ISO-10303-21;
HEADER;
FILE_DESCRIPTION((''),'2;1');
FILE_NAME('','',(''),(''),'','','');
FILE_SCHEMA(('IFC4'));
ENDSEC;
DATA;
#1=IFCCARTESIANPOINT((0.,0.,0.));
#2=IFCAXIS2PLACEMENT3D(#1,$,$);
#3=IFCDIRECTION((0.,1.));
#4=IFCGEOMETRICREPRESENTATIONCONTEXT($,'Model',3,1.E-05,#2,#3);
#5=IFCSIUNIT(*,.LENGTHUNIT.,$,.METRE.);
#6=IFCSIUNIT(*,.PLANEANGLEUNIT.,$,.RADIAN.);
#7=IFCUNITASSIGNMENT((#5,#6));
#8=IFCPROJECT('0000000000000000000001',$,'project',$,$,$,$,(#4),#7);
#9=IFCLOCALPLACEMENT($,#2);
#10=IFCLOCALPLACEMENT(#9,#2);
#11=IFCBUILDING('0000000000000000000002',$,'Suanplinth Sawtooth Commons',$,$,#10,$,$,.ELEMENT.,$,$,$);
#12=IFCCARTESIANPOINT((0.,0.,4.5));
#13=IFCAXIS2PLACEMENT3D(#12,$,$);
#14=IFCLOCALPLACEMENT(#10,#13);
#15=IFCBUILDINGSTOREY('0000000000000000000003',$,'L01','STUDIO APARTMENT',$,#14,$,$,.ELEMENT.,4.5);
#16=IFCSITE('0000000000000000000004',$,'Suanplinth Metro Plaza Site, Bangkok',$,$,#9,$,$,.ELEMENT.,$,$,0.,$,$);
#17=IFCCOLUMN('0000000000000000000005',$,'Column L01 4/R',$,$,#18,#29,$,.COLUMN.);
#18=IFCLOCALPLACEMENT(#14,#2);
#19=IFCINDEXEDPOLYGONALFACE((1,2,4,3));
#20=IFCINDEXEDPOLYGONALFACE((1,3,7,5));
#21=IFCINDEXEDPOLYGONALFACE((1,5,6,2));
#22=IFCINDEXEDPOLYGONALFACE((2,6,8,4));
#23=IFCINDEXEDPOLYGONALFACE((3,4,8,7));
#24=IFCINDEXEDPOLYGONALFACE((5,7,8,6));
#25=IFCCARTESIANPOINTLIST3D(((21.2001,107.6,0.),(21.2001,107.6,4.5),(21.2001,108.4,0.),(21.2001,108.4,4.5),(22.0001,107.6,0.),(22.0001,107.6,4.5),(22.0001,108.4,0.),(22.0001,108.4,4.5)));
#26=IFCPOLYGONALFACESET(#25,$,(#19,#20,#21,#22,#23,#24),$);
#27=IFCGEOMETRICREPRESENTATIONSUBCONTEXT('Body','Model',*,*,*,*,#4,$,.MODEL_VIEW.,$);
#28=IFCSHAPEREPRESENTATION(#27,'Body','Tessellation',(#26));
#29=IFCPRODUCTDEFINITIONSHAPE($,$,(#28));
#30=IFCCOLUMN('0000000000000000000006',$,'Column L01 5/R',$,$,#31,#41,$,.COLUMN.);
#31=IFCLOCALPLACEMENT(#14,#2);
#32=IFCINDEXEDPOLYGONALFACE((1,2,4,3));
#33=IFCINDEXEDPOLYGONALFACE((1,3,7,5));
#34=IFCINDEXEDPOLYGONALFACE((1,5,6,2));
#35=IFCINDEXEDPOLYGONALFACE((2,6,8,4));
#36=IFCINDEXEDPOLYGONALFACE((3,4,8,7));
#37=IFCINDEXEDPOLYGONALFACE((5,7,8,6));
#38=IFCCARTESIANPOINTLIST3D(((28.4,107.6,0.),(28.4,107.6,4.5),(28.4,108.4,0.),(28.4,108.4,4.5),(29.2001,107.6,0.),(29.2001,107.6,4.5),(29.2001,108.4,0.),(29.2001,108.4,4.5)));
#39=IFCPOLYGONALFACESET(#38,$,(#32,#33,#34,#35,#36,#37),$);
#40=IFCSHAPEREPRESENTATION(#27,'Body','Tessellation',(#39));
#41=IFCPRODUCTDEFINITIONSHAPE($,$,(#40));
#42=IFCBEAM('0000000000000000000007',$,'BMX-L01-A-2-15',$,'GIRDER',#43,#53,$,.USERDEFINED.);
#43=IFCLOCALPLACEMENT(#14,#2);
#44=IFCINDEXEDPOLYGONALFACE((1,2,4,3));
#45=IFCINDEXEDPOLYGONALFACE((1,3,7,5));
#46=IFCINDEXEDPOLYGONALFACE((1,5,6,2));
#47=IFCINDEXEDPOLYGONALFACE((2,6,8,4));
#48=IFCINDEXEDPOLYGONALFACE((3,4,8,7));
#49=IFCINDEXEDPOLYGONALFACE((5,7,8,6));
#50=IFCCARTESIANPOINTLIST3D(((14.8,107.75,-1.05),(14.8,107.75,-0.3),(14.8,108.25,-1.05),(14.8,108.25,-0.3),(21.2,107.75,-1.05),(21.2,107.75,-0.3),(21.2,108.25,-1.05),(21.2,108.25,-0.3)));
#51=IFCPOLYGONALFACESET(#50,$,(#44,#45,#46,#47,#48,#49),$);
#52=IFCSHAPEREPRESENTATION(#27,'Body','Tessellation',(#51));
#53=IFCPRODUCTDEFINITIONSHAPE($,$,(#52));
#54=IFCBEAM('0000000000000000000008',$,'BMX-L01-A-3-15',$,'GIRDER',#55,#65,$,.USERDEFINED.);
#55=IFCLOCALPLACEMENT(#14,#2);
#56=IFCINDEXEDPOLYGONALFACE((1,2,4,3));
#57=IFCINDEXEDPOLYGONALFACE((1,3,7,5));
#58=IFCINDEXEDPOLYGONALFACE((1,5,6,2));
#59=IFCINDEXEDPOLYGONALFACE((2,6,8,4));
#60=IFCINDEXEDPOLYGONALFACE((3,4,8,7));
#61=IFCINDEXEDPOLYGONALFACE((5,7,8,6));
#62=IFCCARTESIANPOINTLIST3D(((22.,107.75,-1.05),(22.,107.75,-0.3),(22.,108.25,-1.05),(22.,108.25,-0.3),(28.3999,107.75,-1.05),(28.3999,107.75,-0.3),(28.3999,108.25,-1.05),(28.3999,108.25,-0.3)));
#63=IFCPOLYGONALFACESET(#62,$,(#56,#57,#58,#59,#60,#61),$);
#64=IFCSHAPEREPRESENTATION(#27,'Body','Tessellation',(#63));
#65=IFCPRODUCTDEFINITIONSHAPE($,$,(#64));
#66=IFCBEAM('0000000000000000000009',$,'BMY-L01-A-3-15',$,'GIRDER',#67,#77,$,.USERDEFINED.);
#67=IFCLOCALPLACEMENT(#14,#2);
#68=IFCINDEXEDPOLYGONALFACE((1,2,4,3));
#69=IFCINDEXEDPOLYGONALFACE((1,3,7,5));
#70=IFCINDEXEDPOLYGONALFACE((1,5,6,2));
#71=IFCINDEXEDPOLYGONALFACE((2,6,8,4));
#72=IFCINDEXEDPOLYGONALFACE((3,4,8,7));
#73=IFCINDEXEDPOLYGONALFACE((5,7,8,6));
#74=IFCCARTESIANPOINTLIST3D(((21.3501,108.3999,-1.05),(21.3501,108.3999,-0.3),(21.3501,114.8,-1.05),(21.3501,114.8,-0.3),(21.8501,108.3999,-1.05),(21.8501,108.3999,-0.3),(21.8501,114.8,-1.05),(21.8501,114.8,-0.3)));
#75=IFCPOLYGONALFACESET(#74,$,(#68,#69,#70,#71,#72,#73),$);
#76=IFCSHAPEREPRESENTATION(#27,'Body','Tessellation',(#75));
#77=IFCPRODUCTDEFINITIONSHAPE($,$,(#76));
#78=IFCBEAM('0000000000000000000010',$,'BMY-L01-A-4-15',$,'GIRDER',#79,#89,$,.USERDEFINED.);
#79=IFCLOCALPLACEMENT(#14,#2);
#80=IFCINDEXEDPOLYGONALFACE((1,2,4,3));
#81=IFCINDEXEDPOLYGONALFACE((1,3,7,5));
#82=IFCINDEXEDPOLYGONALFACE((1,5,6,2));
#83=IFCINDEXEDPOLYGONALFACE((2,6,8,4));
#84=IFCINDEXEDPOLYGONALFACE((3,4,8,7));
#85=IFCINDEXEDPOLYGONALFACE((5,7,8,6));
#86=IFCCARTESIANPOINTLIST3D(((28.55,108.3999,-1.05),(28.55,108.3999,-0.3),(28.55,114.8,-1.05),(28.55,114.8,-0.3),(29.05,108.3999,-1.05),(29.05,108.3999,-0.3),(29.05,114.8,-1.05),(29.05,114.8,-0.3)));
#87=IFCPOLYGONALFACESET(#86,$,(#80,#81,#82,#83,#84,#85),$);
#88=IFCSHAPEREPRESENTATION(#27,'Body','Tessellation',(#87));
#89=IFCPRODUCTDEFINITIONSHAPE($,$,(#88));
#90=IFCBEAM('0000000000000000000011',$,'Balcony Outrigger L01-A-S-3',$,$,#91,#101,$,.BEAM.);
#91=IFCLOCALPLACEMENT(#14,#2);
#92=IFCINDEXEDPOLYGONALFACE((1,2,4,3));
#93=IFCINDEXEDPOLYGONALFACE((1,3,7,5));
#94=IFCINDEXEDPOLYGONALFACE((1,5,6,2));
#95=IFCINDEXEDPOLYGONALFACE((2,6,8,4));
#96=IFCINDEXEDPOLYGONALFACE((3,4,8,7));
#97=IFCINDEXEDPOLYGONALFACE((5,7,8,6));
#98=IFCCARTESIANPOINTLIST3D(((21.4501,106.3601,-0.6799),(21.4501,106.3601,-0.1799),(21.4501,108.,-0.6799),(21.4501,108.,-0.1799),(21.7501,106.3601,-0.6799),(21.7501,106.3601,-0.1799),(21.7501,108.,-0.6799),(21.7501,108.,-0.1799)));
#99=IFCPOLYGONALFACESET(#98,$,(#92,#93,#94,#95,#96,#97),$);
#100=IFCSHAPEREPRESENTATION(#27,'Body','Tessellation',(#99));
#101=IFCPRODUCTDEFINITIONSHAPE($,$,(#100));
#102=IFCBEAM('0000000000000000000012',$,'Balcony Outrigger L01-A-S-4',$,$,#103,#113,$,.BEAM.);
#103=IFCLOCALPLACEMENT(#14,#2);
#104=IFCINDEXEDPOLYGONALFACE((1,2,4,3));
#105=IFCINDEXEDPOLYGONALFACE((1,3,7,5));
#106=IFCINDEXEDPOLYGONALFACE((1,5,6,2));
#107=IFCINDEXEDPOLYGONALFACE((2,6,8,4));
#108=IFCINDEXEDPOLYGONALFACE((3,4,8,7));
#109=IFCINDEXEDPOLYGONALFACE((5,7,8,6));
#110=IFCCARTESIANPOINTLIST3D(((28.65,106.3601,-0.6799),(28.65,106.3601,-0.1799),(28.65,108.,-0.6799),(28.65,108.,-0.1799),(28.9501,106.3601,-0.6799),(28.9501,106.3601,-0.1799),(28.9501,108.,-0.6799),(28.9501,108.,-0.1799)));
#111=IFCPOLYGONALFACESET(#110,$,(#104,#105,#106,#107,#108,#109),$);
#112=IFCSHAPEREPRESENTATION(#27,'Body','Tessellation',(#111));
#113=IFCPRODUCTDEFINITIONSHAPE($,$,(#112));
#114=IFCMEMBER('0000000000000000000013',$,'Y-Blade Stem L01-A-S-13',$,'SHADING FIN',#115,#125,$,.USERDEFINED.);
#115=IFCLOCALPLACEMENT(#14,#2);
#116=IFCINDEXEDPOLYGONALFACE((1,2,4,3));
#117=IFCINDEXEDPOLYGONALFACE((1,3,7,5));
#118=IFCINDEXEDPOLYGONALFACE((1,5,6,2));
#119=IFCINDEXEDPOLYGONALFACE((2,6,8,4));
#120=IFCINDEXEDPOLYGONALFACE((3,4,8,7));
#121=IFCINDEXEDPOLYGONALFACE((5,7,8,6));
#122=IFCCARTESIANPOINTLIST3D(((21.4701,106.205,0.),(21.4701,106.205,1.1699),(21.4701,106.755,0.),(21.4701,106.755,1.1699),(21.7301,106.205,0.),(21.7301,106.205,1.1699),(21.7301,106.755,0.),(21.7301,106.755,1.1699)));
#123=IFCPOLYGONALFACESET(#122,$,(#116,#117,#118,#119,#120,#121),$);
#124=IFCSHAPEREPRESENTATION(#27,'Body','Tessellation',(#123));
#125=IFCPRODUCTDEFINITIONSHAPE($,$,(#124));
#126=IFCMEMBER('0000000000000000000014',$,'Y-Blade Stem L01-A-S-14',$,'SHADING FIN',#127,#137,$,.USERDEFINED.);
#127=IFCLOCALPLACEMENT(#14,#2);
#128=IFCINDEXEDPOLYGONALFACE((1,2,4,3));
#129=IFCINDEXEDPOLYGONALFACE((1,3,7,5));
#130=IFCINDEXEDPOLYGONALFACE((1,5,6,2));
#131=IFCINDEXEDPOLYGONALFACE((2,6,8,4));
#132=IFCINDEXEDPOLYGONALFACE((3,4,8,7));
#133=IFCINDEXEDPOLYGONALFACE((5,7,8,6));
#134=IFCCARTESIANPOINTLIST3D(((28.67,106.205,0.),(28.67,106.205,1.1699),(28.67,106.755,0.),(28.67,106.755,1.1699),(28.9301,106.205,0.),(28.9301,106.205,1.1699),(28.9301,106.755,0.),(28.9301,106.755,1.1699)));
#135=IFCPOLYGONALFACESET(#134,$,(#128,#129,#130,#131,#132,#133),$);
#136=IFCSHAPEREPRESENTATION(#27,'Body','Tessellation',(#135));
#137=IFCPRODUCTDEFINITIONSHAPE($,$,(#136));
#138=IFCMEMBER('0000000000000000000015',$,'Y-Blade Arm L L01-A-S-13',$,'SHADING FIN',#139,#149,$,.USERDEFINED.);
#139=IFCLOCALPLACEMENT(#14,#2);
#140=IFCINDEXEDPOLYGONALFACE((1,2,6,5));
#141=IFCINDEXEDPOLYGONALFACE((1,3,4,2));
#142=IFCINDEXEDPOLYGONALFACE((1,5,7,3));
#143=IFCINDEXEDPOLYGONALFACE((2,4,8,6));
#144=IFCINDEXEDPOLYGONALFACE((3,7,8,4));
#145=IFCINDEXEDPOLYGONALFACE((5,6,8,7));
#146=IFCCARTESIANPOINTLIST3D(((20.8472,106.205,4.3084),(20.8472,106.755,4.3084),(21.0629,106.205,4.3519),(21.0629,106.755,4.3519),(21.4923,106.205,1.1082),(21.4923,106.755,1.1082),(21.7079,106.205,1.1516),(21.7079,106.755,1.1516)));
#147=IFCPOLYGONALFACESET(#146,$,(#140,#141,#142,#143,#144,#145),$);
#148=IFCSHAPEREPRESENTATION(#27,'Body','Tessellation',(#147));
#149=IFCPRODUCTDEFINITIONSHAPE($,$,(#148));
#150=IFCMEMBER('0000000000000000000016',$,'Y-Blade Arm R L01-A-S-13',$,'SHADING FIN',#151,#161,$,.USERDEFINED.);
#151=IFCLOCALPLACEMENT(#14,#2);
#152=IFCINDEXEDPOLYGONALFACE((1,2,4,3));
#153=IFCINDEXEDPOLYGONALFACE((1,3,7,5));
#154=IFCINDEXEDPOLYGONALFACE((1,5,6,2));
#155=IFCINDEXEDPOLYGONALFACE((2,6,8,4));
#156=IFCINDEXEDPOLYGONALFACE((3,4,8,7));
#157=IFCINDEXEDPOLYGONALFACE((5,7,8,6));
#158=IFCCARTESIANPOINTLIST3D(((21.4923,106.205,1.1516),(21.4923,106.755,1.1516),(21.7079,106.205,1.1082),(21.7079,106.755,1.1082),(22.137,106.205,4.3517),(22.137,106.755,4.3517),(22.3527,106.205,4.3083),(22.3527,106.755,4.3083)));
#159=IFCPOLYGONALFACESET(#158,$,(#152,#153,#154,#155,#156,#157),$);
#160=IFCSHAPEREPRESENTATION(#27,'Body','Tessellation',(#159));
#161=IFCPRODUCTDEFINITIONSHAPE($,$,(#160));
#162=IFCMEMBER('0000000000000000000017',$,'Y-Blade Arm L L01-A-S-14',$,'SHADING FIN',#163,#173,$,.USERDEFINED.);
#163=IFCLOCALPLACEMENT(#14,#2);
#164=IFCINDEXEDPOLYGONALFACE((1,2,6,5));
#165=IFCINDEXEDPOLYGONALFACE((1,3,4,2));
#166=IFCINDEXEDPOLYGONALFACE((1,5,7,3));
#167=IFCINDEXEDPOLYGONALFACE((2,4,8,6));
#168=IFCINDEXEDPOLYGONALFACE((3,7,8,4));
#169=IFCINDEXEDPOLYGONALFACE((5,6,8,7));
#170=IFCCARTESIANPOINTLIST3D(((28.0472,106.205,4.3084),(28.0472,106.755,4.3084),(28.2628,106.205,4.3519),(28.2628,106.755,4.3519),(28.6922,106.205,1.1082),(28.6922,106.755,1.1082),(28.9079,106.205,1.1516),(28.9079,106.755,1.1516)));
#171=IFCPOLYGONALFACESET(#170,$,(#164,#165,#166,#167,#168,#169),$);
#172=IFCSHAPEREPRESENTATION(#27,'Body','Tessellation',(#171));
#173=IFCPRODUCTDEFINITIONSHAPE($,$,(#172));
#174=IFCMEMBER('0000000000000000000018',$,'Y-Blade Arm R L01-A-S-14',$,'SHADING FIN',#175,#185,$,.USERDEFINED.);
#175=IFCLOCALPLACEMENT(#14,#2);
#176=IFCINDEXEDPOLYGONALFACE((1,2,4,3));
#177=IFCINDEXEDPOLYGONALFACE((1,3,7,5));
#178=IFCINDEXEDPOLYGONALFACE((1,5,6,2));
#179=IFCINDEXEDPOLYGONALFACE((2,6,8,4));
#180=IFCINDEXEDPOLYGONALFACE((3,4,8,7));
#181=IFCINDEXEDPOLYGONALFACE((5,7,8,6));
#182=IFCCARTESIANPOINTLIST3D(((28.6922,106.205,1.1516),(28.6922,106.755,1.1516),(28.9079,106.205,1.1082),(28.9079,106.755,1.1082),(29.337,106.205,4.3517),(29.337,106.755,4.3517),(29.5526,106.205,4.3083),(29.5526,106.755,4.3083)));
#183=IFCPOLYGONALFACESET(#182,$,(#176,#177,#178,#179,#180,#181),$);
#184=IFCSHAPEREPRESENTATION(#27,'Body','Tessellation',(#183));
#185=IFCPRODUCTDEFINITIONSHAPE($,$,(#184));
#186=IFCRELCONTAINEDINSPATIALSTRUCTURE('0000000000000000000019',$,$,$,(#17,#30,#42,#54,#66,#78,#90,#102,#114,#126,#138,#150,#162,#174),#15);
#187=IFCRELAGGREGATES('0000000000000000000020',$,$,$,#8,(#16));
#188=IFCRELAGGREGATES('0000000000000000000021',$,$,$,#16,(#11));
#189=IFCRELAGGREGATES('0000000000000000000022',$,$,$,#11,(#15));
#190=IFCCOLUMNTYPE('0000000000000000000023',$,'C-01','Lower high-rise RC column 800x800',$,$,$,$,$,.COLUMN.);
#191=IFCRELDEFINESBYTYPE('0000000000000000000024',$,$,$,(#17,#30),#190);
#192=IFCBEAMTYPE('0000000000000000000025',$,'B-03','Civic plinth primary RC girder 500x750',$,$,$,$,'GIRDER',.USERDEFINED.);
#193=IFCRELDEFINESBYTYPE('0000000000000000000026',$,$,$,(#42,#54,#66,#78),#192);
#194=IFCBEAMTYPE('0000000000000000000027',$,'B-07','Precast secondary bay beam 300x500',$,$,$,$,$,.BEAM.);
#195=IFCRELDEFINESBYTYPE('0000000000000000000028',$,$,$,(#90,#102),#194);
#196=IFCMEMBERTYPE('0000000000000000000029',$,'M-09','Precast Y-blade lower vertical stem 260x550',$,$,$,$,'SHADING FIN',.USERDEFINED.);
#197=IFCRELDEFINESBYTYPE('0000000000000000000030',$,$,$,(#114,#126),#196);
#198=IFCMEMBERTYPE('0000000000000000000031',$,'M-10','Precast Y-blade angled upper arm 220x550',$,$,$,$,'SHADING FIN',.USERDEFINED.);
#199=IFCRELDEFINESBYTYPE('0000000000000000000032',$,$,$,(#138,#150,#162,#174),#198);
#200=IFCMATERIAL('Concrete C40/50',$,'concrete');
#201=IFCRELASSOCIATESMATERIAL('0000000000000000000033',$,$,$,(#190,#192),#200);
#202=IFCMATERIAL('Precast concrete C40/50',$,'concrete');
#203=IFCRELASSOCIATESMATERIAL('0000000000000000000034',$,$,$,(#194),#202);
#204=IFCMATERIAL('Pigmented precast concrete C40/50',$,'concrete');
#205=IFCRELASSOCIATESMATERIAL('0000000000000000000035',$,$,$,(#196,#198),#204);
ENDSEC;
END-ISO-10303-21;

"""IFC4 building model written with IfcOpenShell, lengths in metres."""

from ifc_helpers import new_model, si_unit, direction, frame, origin, origin_2d, place, context, subcontext, project, spatial, rectangle, extrude, material, material_profile, profile_set, type_object, element, save


model = new_model("IFC4")

# Units and contexts
model_context = context("Model", 3, precision=1e-05, world=origin(), true_north=direction((0.0, 1.0)))
body_context = subcontext(model_context, "Body", "Model", "MODEL_VIEW")
ifc_project = project(units=[si_unit("LENGTHUNIT", "METRE"), si_unit("PLANEANGLEUNIT", "RADIAN")], contexts=[model_context])

# Site, building, storey
site_placement = place(None, origin())
site = spatial("IfcSite", under=ifc_project, at=site_placement, Name="Suanplinth Metro Plaza Site, Bangkok", CompositionType="ELEMENT", RefElevation=0.0)
building_placement = place(site_placement, origin())
building = spatial("IfcBuilding", under=site, at=building_placement, Name="Suanplinth Sawtooth Commons", CompositionType="ELEMENT")
storey_placement = place(building_placement, frame((0.0, 0.0, 4.5)))
storey = spatial("IfcBuildingStorey", under=building, at=storey_placement, Name="L01", Description="STUDIO APARTMENT", CompositionType="ELEMENT", Elevation=4.5)

# Columns
ifc_material_1 = material(Name="Concrete C40/50", Category="concrete")
ifc_material_profile_1 = material_profile(ifc_material_1, rectangle(XDim=0.8, YDim=0.8, at=origin_2d()), Name="RC-COL 800x800")
ifc_profile_set_1 = profile_set([ifc_material_profile_1], Name="Concrete C40/50")
column_type = type_object("IfcColumnType", Name="C-01", Description="Lower high-rise RC column 800x800", PredefinedType="COLUMN", material=ifc_profile_set_1)
for number, where, z_axis, x_axis, name in (
    (1, (21.6001, 108.0, 0.0), (0.0, 0.0, 1.0), (1.0, 0.0, 0.0), "Column L01 4/R"),
    (2, (28.8, 108.0, 0.0), (0.0, 0.0, 1.0), (1.0, 0.0, 0.0), "Column L01 5/R"),
):
    element("IfcColumn", number, at=place(storey_placement, frame(where, z_axis=z_axis, x_axis=x_axis)), inside=storey, type_object=column_type, Name=name, PredefinedType="COLUMN", context=body_context, shape_type="SweptSolid", body=[
        extrude(rectangle(XDim=0.8, YDim=0.8, at=origin_2d()), origin(), (0.0, 0.0, 1.0), 4.5),
    ])

# Beams
ifc_material_profile_2 = material_profile(ifc_material_1, rectangle(XDim=0.5, YDim=0.75, at=origin_2d()), Name="RC-GDR 500x750")
ifc_profile_set_2 = profile_set([ifc_material_profile_2], Name="Concrete C40/50")
beam_type_1 = type_object("IfcBeamType", Name="B-03", Description="Civic plinth primary RC girder 500x750", ElementType="GIRDER", PredefinedType="USERDEFINED", material=ifc_profile_set_2)
for number, where, z_axis, x_axis, name in (
    (3, (14.8, 108.0, -0.675), (1.0, 0.0, 0.0), (0.0, 1.0, 0.0), "BMX-L01-A-2-15"),
    (4, (22.0, 108.0, -0.675), (1.0, 0.0, 0.0), (0.0, 1.0, 0.0), "BMX-L01-A-3-15"),
):
    element("IfcBeam", number, at=place(storey_placement, frame(where, z_axis=z_axis, x_axis=x_axis)), inside=storey, type_object=beam_type_1, Name=name, ObjectType="GIRDER", PredefinedType="USERDEFINED", context=body_context, shape_type="SweptSolid", body=[
        extrude(rectangle(XDim=0.5, YDim=0.75, at=origin_2d()), origin(), (0.0, 0.0, 1.0), 6.3999),
    ])
for number, where, z_axis, x_axis, name in (
    (5, (21.6001, 108.3999, -0.675), (0.0, 1.0, 0.0), (-1.0, 0.0, 0.0), "BMY-L01-A-3-15"),
    (6, (28.8, 108.3999, -0.675), (0.0, 1.0, 0.0), (-1.0, 0.0, 0.0), "BMY-L01-A-4-15"),
):
    element("IfcBeam", number, at=place(storey_placement, frame(where, z_axis=z_axis, x_axis=x_axis)), inside=storey, type_object=beam_type_1, Name=name, ObjectType="GIRDER", PredefinedType="USERDEFINED", context=body_context, shape_type="SweptSolid", body=[
        extrude(rectangle(XDim=0.5, YDim=0.75, at=origin_2d()), origin(), (0.0, 0.0, 1.0), 6.4001),
    ])
ifc_material_2 = material(Name="Precast concrete C40/50", Category="concrete")
ifc_material_profile_3 = material_profile(ifc_material_2, rectangle(XDim=0.3, YDim=0.5, at=origin_2d()), Name="PC-BM 300x500")
ifc_profile_set_3 = profile_set([ifc_material_profile_3], Name="Precast concrete C40/50")
beam_type_2 = type_object("IfcBeamType", Name="B-07", Description="Precast secondary bay beam 300x500", PredefinedType="BEAM", material=ifc_profile_set_3)
for number, where, z_axis, x_axis, name in (
    (7, (21.6001, 108.0, -0.4299), (0.0, -1.0, 0.0), (1.0, 0.0, 0.0), "Balcony Outrigger L01-A-S-3"),
    (8, (28.8, 108.0, -0.4299), (0.0, -1.0, 0.0), (1.0, 0.0, 0.0), "Balcony Outrigger L01-A-S-4"),
):
    element("IfcBeam", number, at=place(storey_placement, frame(where, z_axis=z_axis, x_axis=x_axis)), inside=storey, type_object=beam_type_2, Name=name, PredefinedType="BEAM", context=body_context, shape_type="SweptSolid", body=[
        extrude(rectangle(XDim=0.3, YDim=0.5, at=origin_2d()), origin(), (0.0, 0.0, 1.0), 1.6399),
    ])

# Members
ifc_material_3 = material(Name="Pigmented precast concrete C40/50", Category="concrete")
ifc_material_profile_4 = material_profile(ifc_material_3, rectangle(XDim=0.26, YDim=0.55, at=origin_2d()), Name="PC-FIN 260x550")
ifc_profile_set_4 = profile_set([ifc_material_profile_4], Name="Pigmented precast concrete C40/50")
member_type_1 = type_object("IfcMemberType", Name="M-09", Description="Precast Y-blade lower vertical stem 260x550", ElementType="SHADING FIN", PredefinedType="USERDEFINED", material=ifc_profile_set_4)
for number, where, z_axis, x_axis, name in (
    (9, (21.6001, 106.48, 0.0), (0.0, 0.0, 1.0), (1.0, 0.0, 0.0), "Y-Blade Stem L01-A-S-13"),
    (10, (28.8, 106.48, 0.0), (0.0, 0.0, 1.0), (1.0, 0.0, 0.0), "Y-Blade Stem L01-A-S-14"),
):
    element("IfcMember", number, at=place(storey_placement, frame(where, z_axis=z_axis, x_axis=x_axis)), inside=storey, type_object=member_type_1, Name=name, ObjectType="SHADING FIN", PredefinedType="USERDEFINED", context=body_context, shape_type="SweptSolid", body=[
        extrude(rectangle(XDim=0.26, YDim=0.55, at=origin_2d()), origin(), (0.0, 0.0, 1.0), 1.1699),
    ])
ifc_material_profile_5 = material_profile(ifc_material_3, rectangle(XDim=0.22, YDim=0.55, at=origin_2d()), Name="PC-FIN 220x550")
ifc_profile_set_5 = profile_set([ifc_material_profile_5], Name="Pigmented precast concrete C40/50")
member_type_2 = type_object("IfcMemberType", Name="M-10", Description="Precast Y-blade angled upper arm 220x550", ElementType="SHADING FIN", PredefinedType="USERDEFINED", material=ifc_profile_set_5)
member_1_placement = place(storey_placement, frame((21.6001, 106.48, 1.1299), z_axis=(-0.197583, 0.0, 0.980286), x_axis=(0.980286, 0.0, 0.197583)))
element("IfcMember", 11, at=member_1_placement, inside=storey, type_object=member_type_2, Name="Y-Blade Arm L L01-A-S-13", ObjectType="SHADING FIN", PredefinedType="USERDEFINED", context=body_context, shape_type="SweptSolid", body=[
    extrude(rectangle(XDim=0.22, YDim=0.55, at=origin_2d()), origin(), (0.0, 0.0, 1.0), 3.2646),
])
member_2_placement = place(storey_placement, frame((21.6001, 106.48, 1.1299), z_axis=(0.197511, 0.0, 0.980301), x_axis=(-0.980301, 0.0, 0.197511)))
element("IfcMember", 12, at=member_2_placement, inside=storey, type_object=member_type_2, Name="Y-Blade Arm R L01-A-S-13", ObjectType="SHADING FIN", PredefinedType="USERDEFINED", context=body_context, shape_type="SweptSolid", body=[
    extrude(rectangle(XDim=0.22, YDim=0.55, at=origin_2d()), origin(), (0.0, 0.0, 1.0), 3.2644),
])
member_3_placement = place(storey_placement, frame((28.8, 106.48, 1.1299), z_axis=(-0.197583, 0.0, 0.980286), x_axis=(0.980286, 0.0, 0.197583)))
element("IfcMember", 13, at=member_3_placement, inside=storey, type_object=member_type_2, Name="Y-Blade Arm L L01-A-S-14", ObjectType="SHADING FIN", PredefinedType="USERDEFINED", context=body_context, shape_type="SweptSolid", body=[
    extrude(rectangle(XDim=0.22, YDim=0.55, at=origin_2d()), origin(), (0.0, 0.0, 1.0), 3.2646),
])
member_4_placement = place(storey_placement, frame((28.8, 106.48, 1.1299), z_axis=(0.197511, 0.0, 0.980301), x_axis=(-0.980301, 0.0, 0.197511)))
element("IfcMember", 14, at=member_4_placement, inside=storey, type_object=member_type_2, Name="Y-Blade Arm R L01-A-S-14", ObjectType="SHADING FIN", PredefinedType="USERDEFINED", context=body_context, shape_type="SweptSolid", body=[
    extrude(rectangle(XDim=0.22, YDim=0.55, at=origin_2d()), origin(), (0.0, 0.0, 1.0), 3.2644),
])

save(model, "model.ifc")
